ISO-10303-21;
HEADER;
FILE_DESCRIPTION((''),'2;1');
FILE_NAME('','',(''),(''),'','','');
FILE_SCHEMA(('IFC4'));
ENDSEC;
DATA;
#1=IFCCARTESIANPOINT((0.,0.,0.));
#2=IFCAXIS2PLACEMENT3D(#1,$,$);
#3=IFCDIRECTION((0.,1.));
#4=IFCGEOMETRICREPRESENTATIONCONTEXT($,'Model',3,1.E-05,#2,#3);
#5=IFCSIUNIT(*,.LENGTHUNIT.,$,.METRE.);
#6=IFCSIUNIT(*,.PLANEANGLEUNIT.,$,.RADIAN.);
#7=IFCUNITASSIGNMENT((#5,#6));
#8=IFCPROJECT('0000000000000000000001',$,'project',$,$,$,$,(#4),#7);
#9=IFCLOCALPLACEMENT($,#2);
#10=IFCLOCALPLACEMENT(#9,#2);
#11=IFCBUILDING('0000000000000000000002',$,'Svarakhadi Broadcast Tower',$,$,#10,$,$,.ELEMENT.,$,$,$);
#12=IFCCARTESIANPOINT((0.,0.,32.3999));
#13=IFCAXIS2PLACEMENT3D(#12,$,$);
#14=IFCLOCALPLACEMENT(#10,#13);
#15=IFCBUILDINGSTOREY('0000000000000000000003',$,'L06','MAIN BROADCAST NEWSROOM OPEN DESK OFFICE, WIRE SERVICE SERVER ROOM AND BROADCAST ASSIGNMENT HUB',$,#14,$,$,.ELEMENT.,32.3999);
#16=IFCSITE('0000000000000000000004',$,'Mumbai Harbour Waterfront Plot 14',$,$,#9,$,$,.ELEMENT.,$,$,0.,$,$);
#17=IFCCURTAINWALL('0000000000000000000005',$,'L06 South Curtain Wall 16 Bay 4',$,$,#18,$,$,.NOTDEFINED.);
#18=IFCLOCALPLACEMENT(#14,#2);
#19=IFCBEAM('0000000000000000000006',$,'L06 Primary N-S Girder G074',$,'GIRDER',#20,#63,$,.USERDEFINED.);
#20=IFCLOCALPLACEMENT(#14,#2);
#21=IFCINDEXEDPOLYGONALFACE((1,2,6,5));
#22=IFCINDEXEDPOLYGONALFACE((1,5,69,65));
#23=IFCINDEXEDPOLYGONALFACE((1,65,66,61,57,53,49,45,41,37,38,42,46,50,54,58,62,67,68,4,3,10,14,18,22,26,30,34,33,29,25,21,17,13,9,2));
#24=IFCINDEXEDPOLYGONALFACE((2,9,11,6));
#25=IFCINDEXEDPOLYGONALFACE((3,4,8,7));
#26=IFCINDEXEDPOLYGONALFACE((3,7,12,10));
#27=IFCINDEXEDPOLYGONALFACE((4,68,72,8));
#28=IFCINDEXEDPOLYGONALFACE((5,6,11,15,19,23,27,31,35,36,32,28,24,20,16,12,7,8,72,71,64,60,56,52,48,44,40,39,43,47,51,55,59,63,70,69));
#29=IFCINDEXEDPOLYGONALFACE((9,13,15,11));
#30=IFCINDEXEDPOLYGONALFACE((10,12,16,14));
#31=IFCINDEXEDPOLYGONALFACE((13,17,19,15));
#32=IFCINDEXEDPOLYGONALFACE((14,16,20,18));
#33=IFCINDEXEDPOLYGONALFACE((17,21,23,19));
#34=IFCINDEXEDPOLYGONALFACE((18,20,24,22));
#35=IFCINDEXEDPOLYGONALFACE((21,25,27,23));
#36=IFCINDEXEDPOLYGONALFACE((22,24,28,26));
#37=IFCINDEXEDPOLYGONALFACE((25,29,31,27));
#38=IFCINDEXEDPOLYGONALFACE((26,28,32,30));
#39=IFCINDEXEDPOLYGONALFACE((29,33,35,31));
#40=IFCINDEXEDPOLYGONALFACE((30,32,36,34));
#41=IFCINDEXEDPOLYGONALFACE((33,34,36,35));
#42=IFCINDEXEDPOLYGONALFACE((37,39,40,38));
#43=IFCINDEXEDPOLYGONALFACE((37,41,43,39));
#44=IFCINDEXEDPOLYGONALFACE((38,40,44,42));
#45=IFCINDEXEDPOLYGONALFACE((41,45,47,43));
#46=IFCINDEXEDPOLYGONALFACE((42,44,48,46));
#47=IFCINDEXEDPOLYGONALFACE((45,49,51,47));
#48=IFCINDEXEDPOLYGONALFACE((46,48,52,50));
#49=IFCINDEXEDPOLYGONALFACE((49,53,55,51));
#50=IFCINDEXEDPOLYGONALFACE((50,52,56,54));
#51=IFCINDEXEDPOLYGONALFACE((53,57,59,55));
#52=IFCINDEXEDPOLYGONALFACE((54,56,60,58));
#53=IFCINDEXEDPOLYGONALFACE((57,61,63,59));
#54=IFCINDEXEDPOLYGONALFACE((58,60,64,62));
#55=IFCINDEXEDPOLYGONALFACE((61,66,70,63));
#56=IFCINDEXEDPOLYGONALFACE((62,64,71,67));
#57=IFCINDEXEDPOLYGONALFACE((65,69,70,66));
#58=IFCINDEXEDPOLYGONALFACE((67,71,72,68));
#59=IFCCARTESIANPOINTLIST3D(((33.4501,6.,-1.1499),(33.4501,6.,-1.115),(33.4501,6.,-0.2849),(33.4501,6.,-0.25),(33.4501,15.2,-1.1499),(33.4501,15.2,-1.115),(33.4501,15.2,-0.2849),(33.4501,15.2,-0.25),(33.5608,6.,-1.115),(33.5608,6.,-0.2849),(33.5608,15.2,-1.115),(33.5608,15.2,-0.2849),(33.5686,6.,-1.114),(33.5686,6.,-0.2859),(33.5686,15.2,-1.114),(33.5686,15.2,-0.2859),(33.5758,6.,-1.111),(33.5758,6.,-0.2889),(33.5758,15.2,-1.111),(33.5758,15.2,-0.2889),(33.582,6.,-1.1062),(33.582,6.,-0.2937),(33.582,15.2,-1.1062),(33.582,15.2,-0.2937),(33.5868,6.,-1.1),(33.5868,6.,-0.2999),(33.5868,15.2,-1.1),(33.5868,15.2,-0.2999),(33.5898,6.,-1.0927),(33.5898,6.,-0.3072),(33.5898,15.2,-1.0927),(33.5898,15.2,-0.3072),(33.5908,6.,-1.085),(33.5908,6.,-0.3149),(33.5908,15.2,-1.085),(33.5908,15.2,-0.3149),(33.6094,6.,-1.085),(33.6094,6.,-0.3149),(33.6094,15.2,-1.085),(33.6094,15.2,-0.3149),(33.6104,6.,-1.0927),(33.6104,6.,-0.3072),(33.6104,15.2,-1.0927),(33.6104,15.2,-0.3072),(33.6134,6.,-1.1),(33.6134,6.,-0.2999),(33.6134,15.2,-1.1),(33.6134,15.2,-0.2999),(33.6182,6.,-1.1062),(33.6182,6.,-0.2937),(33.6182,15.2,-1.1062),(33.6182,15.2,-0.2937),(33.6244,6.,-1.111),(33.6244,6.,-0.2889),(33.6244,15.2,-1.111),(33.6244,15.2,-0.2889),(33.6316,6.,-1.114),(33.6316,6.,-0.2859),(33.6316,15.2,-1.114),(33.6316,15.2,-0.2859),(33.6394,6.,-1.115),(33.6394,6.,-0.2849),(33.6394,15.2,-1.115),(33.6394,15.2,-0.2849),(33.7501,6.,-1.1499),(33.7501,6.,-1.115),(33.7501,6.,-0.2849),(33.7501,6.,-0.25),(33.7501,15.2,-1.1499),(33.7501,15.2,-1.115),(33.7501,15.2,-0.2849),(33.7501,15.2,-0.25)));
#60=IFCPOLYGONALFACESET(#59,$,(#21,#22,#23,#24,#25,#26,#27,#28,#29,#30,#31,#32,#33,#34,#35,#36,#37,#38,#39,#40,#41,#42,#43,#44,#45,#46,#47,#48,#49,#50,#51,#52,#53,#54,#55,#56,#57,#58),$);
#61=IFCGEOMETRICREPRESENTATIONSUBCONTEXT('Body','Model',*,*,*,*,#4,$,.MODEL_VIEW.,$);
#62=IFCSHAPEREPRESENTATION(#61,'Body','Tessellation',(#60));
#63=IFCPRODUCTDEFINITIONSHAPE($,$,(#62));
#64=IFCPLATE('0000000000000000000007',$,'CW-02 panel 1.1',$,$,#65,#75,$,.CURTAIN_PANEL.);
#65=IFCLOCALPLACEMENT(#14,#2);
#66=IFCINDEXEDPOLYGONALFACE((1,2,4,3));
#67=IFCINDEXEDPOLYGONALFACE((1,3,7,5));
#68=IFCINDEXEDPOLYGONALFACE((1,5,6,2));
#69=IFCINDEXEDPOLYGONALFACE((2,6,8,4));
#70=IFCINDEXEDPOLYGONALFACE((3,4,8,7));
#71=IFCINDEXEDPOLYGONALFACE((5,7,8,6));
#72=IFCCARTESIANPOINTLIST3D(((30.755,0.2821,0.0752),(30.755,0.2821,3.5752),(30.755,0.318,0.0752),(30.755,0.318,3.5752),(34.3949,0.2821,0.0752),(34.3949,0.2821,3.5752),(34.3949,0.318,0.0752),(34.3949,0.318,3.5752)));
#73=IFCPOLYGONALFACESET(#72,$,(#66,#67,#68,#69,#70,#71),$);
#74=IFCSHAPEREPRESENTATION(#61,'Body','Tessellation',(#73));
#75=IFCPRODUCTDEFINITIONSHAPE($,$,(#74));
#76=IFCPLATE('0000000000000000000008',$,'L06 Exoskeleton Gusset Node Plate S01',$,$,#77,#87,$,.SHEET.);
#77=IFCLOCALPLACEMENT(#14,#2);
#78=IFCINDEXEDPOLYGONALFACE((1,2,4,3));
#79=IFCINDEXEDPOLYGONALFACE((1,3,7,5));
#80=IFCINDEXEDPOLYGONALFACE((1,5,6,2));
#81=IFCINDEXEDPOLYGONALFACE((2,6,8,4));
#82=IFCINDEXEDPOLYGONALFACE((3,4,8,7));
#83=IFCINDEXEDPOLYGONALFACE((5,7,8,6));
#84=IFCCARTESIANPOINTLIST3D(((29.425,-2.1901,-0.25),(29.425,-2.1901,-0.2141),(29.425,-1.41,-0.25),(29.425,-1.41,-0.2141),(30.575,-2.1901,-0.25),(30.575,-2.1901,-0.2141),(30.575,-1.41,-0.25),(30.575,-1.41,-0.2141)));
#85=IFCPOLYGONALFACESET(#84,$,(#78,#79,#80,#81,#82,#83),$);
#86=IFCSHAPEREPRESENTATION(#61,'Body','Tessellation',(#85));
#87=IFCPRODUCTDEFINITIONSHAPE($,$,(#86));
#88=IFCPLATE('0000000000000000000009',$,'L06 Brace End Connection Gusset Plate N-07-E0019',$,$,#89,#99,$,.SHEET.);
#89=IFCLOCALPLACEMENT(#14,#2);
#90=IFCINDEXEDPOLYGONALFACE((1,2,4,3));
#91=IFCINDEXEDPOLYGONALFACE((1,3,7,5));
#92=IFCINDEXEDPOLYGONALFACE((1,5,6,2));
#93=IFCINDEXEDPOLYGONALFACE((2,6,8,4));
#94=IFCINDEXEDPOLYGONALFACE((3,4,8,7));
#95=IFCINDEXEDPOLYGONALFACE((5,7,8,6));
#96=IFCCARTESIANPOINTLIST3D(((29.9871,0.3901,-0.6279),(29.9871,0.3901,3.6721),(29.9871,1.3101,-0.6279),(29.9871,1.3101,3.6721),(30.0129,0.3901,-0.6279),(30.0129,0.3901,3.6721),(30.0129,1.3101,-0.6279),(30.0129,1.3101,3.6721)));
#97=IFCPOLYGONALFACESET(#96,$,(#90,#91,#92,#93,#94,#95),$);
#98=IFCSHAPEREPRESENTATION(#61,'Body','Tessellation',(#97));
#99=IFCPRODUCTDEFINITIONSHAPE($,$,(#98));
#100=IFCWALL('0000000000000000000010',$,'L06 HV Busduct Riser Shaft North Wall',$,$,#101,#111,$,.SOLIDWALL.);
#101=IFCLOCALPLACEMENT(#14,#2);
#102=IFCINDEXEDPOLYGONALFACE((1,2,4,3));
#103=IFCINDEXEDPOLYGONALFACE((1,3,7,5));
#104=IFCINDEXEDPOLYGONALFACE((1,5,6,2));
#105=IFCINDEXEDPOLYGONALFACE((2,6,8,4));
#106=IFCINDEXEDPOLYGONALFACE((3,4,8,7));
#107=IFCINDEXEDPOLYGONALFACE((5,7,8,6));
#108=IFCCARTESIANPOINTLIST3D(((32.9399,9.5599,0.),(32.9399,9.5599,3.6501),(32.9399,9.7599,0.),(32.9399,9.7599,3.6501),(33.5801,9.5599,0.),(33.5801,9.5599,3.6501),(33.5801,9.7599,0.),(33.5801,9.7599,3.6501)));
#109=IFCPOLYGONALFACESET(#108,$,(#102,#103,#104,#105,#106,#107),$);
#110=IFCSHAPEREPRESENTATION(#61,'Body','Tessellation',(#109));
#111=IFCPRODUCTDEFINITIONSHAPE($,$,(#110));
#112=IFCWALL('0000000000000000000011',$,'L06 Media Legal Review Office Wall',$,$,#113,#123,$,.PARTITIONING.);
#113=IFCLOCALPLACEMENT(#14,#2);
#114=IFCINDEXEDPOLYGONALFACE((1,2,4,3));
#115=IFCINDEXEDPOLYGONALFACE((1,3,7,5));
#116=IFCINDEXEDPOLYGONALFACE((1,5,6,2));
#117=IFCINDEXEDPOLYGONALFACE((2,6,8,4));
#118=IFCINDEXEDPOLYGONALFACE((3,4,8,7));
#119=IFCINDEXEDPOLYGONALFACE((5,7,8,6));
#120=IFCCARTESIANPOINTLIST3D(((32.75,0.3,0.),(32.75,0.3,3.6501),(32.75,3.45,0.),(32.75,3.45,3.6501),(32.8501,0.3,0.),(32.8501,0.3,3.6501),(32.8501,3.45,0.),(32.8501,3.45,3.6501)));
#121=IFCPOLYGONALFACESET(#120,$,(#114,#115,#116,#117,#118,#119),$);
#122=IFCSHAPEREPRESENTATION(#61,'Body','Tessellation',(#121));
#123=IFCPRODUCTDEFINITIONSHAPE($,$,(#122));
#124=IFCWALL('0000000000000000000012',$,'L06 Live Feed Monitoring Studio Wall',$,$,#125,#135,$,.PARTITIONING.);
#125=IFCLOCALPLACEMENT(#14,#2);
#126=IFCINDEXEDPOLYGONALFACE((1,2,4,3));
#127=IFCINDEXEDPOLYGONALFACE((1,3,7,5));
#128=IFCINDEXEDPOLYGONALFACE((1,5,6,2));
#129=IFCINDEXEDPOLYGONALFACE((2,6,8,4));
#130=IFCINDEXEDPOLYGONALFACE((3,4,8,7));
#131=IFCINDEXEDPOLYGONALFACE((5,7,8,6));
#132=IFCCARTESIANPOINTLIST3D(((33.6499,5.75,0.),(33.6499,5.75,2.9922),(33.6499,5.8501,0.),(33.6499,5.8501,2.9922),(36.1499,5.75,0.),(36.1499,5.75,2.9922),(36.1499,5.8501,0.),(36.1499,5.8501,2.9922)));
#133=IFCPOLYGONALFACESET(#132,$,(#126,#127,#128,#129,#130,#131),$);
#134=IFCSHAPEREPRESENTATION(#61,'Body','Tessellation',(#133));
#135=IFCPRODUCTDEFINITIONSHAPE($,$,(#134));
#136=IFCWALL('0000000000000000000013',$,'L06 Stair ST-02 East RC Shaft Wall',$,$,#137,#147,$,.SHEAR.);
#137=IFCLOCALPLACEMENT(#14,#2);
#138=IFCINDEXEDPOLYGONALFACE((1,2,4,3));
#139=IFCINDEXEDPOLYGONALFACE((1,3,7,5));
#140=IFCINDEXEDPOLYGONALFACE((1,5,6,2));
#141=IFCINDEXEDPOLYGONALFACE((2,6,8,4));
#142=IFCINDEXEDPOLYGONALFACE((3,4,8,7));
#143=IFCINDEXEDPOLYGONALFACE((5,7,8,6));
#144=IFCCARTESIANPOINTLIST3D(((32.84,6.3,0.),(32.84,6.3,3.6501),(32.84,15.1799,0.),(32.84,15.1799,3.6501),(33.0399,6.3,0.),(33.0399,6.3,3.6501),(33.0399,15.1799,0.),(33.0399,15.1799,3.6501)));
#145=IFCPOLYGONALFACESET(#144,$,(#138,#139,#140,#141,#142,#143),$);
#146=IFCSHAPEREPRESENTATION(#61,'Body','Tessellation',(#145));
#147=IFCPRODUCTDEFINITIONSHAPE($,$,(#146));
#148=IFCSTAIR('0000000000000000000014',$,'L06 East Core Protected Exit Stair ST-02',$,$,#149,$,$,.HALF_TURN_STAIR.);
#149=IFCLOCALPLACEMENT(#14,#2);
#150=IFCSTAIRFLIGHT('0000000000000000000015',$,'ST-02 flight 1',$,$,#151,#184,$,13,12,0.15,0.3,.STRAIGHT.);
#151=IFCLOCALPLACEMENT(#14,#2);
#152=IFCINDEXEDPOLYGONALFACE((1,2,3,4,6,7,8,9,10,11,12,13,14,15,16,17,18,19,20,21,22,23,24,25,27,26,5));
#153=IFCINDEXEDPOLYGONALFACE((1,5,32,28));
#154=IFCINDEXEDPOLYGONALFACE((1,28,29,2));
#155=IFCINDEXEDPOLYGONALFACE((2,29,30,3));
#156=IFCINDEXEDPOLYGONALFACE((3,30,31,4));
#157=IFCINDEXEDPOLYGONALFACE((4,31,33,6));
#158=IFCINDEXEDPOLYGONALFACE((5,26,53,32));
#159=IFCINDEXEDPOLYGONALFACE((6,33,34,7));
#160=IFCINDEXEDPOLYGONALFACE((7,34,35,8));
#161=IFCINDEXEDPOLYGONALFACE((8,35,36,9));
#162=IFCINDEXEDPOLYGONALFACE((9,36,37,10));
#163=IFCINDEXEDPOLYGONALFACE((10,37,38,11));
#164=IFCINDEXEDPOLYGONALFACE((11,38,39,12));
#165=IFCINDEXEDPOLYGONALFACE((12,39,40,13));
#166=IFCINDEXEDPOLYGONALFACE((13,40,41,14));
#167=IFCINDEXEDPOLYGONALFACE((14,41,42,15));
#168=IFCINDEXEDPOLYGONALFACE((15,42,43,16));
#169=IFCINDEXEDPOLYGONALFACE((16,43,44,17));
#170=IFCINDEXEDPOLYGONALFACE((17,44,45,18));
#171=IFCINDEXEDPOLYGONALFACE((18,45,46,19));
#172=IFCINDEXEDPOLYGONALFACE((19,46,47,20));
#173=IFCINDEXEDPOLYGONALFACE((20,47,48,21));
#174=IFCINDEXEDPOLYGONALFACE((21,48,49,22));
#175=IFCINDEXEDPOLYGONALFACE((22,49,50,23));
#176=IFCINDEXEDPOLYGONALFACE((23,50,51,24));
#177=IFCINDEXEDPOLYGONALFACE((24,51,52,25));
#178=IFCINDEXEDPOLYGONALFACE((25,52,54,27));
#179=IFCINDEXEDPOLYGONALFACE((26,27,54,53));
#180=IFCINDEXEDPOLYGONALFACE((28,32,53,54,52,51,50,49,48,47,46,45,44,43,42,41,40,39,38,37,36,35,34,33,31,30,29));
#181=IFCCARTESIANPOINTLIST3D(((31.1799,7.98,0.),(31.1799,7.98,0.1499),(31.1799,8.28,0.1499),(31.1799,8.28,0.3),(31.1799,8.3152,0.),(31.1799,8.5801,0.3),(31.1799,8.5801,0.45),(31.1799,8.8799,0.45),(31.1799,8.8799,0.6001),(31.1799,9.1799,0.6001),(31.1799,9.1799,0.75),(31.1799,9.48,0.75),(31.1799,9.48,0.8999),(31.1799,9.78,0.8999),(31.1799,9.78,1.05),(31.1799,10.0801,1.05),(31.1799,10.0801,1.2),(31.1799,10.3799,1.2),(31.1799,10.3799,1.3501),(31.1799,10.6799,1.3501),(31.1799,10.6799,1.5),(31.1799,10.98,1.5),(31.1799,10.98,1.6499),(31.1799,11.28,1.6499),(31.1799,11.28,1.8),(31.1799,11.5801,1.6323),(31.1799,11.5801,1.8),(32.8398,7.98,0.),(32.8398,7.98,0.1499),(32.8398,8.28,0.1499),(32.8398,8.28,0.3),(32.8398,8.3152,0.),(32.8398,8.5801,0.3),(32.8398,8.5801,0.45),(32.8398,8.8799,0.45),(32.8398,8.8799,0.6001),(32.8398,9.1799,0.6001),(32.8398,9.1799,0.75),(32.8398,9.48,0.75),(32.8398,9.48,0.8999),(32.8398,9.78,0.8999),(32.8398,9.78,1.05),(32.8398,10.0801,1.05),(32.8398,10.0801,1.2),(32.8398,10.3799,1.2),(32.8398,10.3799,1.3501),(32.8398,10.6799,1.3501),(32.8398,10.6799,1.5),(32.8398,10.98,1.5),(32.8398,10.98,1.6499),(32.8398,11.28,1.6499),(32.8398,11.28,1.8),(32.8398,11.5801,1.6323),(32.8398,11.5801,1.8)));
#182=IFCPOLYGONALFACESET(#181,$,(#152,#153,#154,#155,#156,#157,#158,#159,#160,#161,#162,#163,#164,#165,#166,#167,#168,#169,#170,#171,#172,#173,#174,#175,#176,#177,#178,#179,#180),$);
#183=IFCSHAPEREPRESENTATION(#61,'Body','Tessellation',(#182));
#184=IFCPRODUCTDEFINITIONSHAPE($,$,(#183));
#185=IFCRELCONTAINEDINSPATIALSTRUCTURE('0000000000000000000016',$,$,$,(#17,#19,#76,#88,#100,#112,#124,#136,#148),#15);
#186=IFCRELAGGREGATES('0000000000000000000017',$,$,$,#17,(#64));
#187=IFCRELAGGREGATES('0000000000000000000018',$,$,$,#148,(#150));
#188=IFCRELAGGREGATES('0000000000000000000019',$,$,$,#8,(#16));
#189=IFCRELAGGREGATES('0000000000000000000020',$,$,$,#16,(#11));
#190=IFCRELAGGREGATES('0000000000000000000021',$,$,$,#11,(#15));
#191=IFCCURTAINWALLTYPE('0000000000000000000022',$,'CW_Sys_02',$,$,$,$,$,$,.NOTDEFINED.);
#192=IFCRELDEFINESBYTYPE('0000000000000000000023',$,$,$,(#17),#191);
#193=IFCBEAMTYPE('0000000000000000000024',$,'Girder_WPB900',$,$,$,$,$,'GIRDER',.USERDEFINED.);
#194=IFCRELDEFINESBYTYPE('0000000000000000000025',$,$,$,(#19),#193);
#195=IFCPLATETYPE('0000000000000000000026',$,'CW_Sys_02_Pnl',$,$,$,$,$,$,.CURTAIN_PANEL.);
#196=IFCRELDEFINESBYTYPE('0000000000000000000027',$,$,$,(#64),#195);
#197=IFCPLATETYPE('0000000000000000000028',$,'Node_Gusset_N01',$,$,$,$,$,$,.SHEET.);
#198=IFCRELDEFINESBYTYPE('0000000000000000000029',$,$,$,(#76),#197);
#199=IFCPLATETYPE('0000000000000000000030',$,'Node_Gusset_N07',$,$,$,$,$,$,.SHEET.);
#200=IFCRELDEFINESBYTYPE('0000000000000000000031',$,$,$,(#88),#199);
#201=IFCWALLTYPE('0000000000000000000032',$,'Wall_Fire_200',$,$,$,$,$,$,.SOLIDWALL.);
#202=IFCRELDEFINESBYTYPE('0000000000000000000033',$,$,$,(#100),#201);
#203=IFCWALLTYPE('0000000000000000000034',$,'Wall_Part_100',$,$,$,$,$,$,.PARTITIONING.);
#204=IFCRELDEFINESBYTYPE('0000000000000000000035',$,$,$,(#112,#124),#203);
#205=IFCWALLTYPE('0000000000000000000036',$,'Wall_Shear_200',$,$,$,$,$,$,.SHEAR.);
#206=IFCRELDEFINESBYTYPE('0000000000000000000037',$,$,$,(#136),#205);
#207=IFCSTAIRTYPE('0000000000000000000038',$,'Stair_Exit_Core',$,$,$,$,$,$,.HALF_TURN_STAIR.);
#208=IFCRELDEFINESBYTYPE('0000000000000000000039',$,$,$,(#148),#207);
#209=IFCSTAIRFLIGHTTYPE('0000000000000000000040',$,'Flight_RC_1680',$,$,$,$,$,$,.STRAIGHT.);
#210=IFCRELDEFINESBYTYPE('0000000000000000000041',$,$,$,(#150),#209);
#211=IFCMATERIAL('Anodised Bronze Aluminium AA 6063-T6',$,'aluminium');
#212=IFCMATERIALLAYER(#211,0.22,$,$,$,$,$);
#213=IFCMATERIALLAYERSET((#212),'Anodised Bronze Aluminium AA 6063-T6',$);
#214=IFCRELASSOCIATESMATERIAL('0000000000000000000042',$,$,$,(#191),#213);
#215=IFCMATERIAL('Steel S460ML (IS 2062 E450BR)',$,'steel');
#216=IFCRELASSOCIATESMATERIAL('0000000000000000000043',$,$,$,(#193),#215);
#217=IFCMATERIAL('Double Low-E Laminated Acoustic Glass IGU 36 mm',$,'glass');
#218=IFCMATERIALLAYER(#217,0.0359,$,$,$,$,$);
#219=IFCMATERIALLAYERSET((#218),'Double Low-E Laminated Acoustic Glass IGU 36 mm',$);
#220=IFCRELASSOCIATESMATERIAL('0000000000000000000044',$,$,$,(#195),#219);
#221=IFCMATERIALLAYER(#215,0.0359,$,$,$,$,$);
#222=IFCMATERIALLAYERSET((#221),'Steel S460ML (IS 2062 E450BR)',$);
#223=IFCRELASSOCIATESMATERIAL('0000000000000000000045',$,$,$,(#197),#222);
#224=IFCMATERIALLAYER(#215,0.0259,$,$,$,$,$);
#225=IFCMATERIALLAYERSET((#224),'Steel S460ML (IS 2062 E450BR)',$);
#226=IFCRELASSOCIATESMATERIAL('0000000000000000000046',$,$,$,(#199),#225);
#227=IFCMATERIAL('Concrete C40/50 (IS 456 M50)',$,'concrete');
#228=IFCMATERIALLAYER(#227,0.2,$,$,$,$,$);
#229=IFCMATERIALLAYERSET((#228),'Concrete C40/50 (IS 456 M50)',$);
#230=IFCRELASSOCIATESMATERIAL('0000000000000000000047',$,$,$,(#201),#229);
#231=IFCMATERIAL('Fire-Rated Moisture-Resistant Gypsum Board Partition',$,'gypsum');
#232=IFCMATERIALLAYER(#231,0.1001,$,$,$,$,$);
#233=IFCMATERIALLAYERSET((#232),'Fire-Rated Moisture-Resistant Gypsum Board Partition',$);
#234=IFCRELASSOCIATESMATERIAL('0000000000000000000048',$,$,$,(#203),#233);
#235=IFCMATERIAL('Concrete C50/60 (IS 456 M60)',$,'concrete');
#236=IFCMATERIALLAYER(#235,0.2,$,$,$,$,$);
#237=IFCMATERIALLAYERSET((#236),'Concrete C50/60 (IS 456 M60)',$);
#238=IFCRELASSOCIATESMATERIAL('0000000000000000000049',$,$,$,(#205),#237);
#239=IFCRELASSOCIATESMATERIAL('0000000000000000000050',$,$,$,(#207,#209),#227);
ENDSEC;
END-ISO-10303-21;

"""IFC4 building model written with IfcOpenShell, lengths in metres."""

from ifc_helpers import new_model, si_unit, direction, frame, frame_2d, origin, origin_2d, place, context, subcontext, project, spatial, polyline, rectangle, i_section, outline, extrude, material, layer, layer_set, material_profile, profile_set, type_object, element, aggregate, save


model = new_model("IFC4")

# Units and contexts
model_context = context("Model", 3, precision=1e-05, world=origin(), true_north=direction((0.0, 1.0)))
body_context = subcontext(model_context, "Body", "Model", "MODEL_VIEW")
ifc_project = project(units=[si_unit("LENGTHUNIT", "METRE"), si_unit("PLANEANGLEUNIT", "RADIAN")], contexts=[model_context])

# Site, building, storey
site_placement = place(None, origin())
site = spatial("IfcSite", under=ifc_project, at=site_placement, Name="Mumbai Harbour Waterfront Plot 14", CompositionType="ELEMENT", RefElevation=0.0)
building_placement = place(site_placement, origin())
building = spatial("IfcBuilding", under=site, at=building_placement, Name="Svarakhadi Broadcast Tower", CompositionType="ELEMENT")
storey_placement = place(building_placement, frame((0.0, 0.0, 32.3999)))
storey = spatial("IfcBuildingStorey", under=building, at=storey_placement, Name="L06", Description="MAIN BROADCAST NEWSROOM OPEN DESK OFFICE, WIRE SERVICE SERVER ROOM AND BROADCAST ASSIGNMENT HUB", CompositionType="ELEMENT", Elevation=32.3999)

# Shared definitions
ifc_material_1 = material(Name="Steel S460ML (IS 2062 E450BR)", Category="steel")

# Curtain wall
ifc_material_2 = material(Name="Anodised Bronze Aluminium AA 6063-T6", Category="aluminium")
ifc_layer_1 = layer(ifc_material_2, 0.22)
ifc_layer_set_1 = layer_set([ifc_layer_1], Name="Anodised Bronze Aluminium AA 6063-T6")
curtain_wall_type = type_object("IfcCurtainWallType", Name="CW_Sys_02", PredefinedType="NOTDEFINED", material=ifc_layer_set_1)
curtain_wall_placement = place(storey_placement, origin())
curtain_wall = element("IfcCurtainWall", 1, at=curtain_wall_placement, inside=storey, type_object=curtain_wall_type, Name="L06 South Curtain Wall 16 Bay 4", PredefinedType="NOTDEFINED")

# Beam
ifc_material_profile_1 = material_profile(ifc_material_1, i_section(OverallWidth=0.3, OverallDepth=0.8999, WebThickness=0.0186, FlangeThickness=0.0349, FilletRadius=0.03, at=origin_2d()), Name="WPB 900x300x291")
ifc_profile_set_1 = profile_set([ifc_material_profile_1], Name="Steel S460ML (IS 2062 E450BR)")
beam_type_1 = type_object("IfcBeamType", Name="Girder_WPB900", ElementType="GIRDER", PredefinedType="USERDEFINED", material=ifc_profile_set_1)
beam_1_placement = place(storey_placement, frame((33.6001, 6.0, -0.7), z_axis=(0.0, 1.0, 0.0), x_axis=(-1.0, 0.0, 0.0)))
element("IfcBeam", 2, at=beam_1_placement, inside=storey, type_object=beam_type_1, Name="L06 Primary N-S Girder G074", ObjectType="GIRDER", PredefinedType="USERDEFINED", context=body_context, shape_type="SweptSolid", body=[
    extrude(i_section(OverallWidth=0.3, OverallDepth=0.8999, WebThickness=0.0186, FlangeThickness=0.0349, FilletRadius=0.03, at=origin_2d()), origin(), (0.0, 0.0, 1.0), 9.2),
])

# Plate
ifc_material_3 = material(Name="Double Low-E Laminated Acoustic Glass IGU 36 mm", Category="glass")
ifc_layer_2 = layer(ifc_material_3, 0.0359)
ifc_layer_set_2 = layer_set([ifc_layer_2], Name="Double Low-E Laminated Acoustic Glass IGU 36 mm")
plate_type_1 = type_object("IfcPlateType", Name="CW_Sys_02_Pnl", PredefinedType="CURTAIN_PANEL", material=ifc_layer_set_2)
plate_1_placement = place(storey_placement, frame((32.575, 0.3, 0.0752), z_axis=(0.0, 0.0, 1.0), x_axis=(-1.0, 0.0, 0.0)))
plate_1 = element("IfcPlate", 3, at=plate_1_placement, type_object=plate_type_1, Name="CW-02 panel 1.1", PredefinedType="CURTAIN_PANEL", context=body_context, shape_type="SweptSolid", body=[
    extrude(rectangle(XDim=3.6399, YDim=0.0359, at=origin_2d()), origin(), (0.0, 0.0, 1.0), 3.5),
])
aggregate(curtain_wall, [plate_1])

# Plates
ifc_layer_3 = layer(ifc_material_1, 0.0359)
ifc_layer_set_3 = layer_set([ifc_layer_3], Name="Steel S460ML (IS 2062 E450BR)")
plate_type_2 = type_object("IfcPlateType", Name="Node_Gusset_N01", PredefinedType="SHEET", material=ifc_layer_set_3)
plate_2_placement = place(storey_placement, frame((30.0, -1.8, -0.25), z_axis=(0.0, 0.0, 1.0), x_axis=(1.0, 0.0, 0.0)))
element("IfcPlate", 4, at=plate_2_placement, inside=storey, type_object=plate_type_2, Name="L06 Exoskeleton Gusset Node Plate S01", PredefinedType="SHEET", context=body_context, shape_type="SweptSolid", body=[
    extrude(rectangle(XDim=1.1499, YDim=0.78, at=origin_2d()), origin(), (0.0, 0.0, 1.0), 0.0359),
])
ifc_layer_4 = layer(ifc_material_1, 0.0259)
ifc_layer_set_4 = layer_set([ifc_layer_4], Name="Steel S460ML (IS 2062 E450BR)")
plate_type_3 = type_object("IfcPlateType", Name="Node_Gusset_N07", PredefinedType="SHEET", material=ifc_layer_set_4)
plate_3_placement = place(storey_placement, frame((30.0, 0.8501, -0.6279), z_axis=(0.0, 0.0, 1.0), x_axis=(0.0, 1.0, 0.0)))
element("IfcPlate", 5, at=plate_3_placement, inside=storey, type_object=plate_type_3, Name="L06 Brace End Connection Gusset Plate N-07-E0019", PredefinedType="SHEET", context=body_context, shape_type="SweptSolid", body=[
    extrude(rectangle(XDim=0.9199, YDim=0.0259, at=origin_2d()), origin(), (0.0, 0.0, 1.0), 4.3),
])

# Walls
ifc_material_4 = material(Name="Concrete C40/50 (IS 456 M50)", Category="concrete")
ifc_layer_5 = layer(ifc_material_4, 0.2)
ifc_layer_set_5 = layer_set([ifc_layer_5], Name="Concrete C40/50 (IS 456 M50)")
wall_type_1 = type_object("IfcWallType", Name="Wall_Fire_200", PredefinedType="SOLIDWALL", material=ifc_layer_set_5)
wall_1_placement = place(storey_placement, frame((32.9399, 9.6599, 0.0), z_axis=(0.0, 0.0, 1.0), x_axis=(1.0, 0.0, 0.0)))
element("IfcWall", 6, at=wall_1_placement, inside=storey, type_object=wall_type_1, Name="L06 HV Busduct Riser Shaft North Wall", PredefinedType="SOLIDWALL", context=body_context, shape_type="SweptSolid", body=[
    extrude(rectangle(XDim=0.6401, YDim=0.2, at=frame_2d((0.3201, 0.0))), origin(), (0.0, 0.0, 1.0), 3.6501),
])
ifc_material_5 = material(Name="Fire-Rated Moisture-Resistant Gypsum Board Partition", Category="gypsum")
ifc_layer_6 = layer(ifc_material_5, 0.1001)
ifc_layer_set_6 = layer_set([ifc_layer_6], Name="Fire-Rated Moisture-Resistant Gypsum Board Partition")
wall_type_2 = type_object("IfcWallType", Name="Wall_Part_100", PredefinedType="PARTITIONING", material=ifc_layer_set_6)
wall_2_placement = place(storey_placement, frame((32.8, 0.3, 0.0), z_axis=(0.0, 0.0, 1.0), x_axis=(0.0, 1.0, 0.0)))
element("IfcWall", 7, at=wall_2_placement, inside=storey, type_object=wall_type_2, Name="L06 Media Legal Review Office Wall", PredefinedType="PARTITIONING", context=body_context, shape_type="SweptSolid", body=[
    extrude(rectangle(XDim=3.1499, YDim=0.1001, at=frame_2d((1.575, 0.0))), origin(), (0.0, 0.0, 1.0), 3.6501),
])
wall_3_placement = place(storey_placement, frame((33.6499, 5.8, 0.0), z_axis=(0.0, 0.0, 1.0), x_axis=(1.0, 0.0, 0.0)))
element("IfcWall", 8, at=wall_3_placement, inside=storey, type_object=wall_type_2, Name="L06 Live Feed Monitoring Studio Wall", PredefinedType="PARTITIONING", context=body_context, shape_type="SweptSolid", body=[
    extrude(rectangle(XDim=2.5, YDim=0.1001, at=frame_2d((1.25, 0.0))), origin(), (0.0, 0.0, 1.0), 2.9922),
])
ifc_material_6 = material(Name="Concrete C50/60 (IS 456 M60)", Category="concrete")
ifc_layer_7 = layer(ifc_material_6, 0.2)
ifc_layer_set_7 = layer_set([ifc_layer_7], Name="Concrete C50/60 (IS 456 M60)")
wall_type_3 = type_object("IfcWallType", Name="Wall_Shear_200", PredefinedType="SHEAR", material=ifc_layer_set_7)
wall_4_placement = place(storey_placement, frame((32.9399, 6.3, 0.0), z_axis=(0.0, 0.0, 1.0), x_axis=(0.0, 1.0, 0.0)))
element("IfcWall", 9, at=wall_4_placement, inside=storey, type_object=wall_type_3, Name="L06 Stair ST-02 East RC Shaft Wall", PredefinedType="SHEAR", context=body_context, shape_type="SweptSolid", body=[
    extrude(rectangle(XDim=8.8799, YDim=0.2, at=frame_2d((4.4399, 0.0))), origin(), (0.0, 0.0, 1.0), 3.6501),
])

# Stair, stair flight
stair_type = type_object("IfcStairType", Name="Stair_Exit_Core", PredefinedType="HALF_TURN_STAIR", material=ifc_material_4)
stair_placement = place(storey_placement, origin())
stair = element("IfcStair", 10, at=stair_placement, inside=storey, type_object=stair_type, Name="L06 East Core Protected Exit Stair ST-02", PredefinedType="HALF_TURN_STAIR")
stair_flight_type = type_object("IfcStairFlightType", Name="Flight_RC_1680", PredefinedType="STRAIGHT", material=ifc_material_4)
stair_flight_1_placement = place(storey_placement, frame((32.01, 7.98, 0.0), z_axis=(0.0, 0.0, 1.0), x_axis=(0.0, 1.0, 0.0)))
stair_flight_1 = element("IfcStairFlight", 11, at=stair_flight_1_placement, type_object=stair_flight_type, Name="ST-02 flight 1", NumberOfRisers=13, NumberOfTreads=12, PredefinedType="STRAIGHT", RiserHeight=0.15, TreadLength=0.3, context=body_context, shape_type="SweptSolid", body=[
    extrude(outline(polyline([(0.0, 0.0), (0.0, 0.1499), (0.3, 0.1499), (0.3, 0.3), (0.6001, 0.3), (0.6001, 0.45), (0.8999, 0.45), (0.8999, 0.6001), (1.2, 0.6001), (1.2, 0.75), (1.5, 0.75), (1.5, 0.8999), (1.8, 0.8999), (1.8, 1.05), (2.1001, 1.05), (2.1001, 1.2), (2.3999, 1.2), (2.3999, 1.3501), (2.7, 1.3501), (2.7, 1.5), (3.0, 1.5), (3.0, 1.6499), (3.3, 1.6499), (3.3, 1.8), (3.6001, 1.8), (3.6001, 1.95), (3.6001, 1.6323), (0.3352, 0.0), (0.0, 0.0)])), frame((0.0, 0.8301, 0.0), z_axis=(0.0, -1.0, 0.0), x_axis=(1.0, 0.0, 0.0)), (0.0, 0.0, 1.0), 1.6599),
])
aggregate(stair, [stair_flight_1])

save(model, "model.ifc")
